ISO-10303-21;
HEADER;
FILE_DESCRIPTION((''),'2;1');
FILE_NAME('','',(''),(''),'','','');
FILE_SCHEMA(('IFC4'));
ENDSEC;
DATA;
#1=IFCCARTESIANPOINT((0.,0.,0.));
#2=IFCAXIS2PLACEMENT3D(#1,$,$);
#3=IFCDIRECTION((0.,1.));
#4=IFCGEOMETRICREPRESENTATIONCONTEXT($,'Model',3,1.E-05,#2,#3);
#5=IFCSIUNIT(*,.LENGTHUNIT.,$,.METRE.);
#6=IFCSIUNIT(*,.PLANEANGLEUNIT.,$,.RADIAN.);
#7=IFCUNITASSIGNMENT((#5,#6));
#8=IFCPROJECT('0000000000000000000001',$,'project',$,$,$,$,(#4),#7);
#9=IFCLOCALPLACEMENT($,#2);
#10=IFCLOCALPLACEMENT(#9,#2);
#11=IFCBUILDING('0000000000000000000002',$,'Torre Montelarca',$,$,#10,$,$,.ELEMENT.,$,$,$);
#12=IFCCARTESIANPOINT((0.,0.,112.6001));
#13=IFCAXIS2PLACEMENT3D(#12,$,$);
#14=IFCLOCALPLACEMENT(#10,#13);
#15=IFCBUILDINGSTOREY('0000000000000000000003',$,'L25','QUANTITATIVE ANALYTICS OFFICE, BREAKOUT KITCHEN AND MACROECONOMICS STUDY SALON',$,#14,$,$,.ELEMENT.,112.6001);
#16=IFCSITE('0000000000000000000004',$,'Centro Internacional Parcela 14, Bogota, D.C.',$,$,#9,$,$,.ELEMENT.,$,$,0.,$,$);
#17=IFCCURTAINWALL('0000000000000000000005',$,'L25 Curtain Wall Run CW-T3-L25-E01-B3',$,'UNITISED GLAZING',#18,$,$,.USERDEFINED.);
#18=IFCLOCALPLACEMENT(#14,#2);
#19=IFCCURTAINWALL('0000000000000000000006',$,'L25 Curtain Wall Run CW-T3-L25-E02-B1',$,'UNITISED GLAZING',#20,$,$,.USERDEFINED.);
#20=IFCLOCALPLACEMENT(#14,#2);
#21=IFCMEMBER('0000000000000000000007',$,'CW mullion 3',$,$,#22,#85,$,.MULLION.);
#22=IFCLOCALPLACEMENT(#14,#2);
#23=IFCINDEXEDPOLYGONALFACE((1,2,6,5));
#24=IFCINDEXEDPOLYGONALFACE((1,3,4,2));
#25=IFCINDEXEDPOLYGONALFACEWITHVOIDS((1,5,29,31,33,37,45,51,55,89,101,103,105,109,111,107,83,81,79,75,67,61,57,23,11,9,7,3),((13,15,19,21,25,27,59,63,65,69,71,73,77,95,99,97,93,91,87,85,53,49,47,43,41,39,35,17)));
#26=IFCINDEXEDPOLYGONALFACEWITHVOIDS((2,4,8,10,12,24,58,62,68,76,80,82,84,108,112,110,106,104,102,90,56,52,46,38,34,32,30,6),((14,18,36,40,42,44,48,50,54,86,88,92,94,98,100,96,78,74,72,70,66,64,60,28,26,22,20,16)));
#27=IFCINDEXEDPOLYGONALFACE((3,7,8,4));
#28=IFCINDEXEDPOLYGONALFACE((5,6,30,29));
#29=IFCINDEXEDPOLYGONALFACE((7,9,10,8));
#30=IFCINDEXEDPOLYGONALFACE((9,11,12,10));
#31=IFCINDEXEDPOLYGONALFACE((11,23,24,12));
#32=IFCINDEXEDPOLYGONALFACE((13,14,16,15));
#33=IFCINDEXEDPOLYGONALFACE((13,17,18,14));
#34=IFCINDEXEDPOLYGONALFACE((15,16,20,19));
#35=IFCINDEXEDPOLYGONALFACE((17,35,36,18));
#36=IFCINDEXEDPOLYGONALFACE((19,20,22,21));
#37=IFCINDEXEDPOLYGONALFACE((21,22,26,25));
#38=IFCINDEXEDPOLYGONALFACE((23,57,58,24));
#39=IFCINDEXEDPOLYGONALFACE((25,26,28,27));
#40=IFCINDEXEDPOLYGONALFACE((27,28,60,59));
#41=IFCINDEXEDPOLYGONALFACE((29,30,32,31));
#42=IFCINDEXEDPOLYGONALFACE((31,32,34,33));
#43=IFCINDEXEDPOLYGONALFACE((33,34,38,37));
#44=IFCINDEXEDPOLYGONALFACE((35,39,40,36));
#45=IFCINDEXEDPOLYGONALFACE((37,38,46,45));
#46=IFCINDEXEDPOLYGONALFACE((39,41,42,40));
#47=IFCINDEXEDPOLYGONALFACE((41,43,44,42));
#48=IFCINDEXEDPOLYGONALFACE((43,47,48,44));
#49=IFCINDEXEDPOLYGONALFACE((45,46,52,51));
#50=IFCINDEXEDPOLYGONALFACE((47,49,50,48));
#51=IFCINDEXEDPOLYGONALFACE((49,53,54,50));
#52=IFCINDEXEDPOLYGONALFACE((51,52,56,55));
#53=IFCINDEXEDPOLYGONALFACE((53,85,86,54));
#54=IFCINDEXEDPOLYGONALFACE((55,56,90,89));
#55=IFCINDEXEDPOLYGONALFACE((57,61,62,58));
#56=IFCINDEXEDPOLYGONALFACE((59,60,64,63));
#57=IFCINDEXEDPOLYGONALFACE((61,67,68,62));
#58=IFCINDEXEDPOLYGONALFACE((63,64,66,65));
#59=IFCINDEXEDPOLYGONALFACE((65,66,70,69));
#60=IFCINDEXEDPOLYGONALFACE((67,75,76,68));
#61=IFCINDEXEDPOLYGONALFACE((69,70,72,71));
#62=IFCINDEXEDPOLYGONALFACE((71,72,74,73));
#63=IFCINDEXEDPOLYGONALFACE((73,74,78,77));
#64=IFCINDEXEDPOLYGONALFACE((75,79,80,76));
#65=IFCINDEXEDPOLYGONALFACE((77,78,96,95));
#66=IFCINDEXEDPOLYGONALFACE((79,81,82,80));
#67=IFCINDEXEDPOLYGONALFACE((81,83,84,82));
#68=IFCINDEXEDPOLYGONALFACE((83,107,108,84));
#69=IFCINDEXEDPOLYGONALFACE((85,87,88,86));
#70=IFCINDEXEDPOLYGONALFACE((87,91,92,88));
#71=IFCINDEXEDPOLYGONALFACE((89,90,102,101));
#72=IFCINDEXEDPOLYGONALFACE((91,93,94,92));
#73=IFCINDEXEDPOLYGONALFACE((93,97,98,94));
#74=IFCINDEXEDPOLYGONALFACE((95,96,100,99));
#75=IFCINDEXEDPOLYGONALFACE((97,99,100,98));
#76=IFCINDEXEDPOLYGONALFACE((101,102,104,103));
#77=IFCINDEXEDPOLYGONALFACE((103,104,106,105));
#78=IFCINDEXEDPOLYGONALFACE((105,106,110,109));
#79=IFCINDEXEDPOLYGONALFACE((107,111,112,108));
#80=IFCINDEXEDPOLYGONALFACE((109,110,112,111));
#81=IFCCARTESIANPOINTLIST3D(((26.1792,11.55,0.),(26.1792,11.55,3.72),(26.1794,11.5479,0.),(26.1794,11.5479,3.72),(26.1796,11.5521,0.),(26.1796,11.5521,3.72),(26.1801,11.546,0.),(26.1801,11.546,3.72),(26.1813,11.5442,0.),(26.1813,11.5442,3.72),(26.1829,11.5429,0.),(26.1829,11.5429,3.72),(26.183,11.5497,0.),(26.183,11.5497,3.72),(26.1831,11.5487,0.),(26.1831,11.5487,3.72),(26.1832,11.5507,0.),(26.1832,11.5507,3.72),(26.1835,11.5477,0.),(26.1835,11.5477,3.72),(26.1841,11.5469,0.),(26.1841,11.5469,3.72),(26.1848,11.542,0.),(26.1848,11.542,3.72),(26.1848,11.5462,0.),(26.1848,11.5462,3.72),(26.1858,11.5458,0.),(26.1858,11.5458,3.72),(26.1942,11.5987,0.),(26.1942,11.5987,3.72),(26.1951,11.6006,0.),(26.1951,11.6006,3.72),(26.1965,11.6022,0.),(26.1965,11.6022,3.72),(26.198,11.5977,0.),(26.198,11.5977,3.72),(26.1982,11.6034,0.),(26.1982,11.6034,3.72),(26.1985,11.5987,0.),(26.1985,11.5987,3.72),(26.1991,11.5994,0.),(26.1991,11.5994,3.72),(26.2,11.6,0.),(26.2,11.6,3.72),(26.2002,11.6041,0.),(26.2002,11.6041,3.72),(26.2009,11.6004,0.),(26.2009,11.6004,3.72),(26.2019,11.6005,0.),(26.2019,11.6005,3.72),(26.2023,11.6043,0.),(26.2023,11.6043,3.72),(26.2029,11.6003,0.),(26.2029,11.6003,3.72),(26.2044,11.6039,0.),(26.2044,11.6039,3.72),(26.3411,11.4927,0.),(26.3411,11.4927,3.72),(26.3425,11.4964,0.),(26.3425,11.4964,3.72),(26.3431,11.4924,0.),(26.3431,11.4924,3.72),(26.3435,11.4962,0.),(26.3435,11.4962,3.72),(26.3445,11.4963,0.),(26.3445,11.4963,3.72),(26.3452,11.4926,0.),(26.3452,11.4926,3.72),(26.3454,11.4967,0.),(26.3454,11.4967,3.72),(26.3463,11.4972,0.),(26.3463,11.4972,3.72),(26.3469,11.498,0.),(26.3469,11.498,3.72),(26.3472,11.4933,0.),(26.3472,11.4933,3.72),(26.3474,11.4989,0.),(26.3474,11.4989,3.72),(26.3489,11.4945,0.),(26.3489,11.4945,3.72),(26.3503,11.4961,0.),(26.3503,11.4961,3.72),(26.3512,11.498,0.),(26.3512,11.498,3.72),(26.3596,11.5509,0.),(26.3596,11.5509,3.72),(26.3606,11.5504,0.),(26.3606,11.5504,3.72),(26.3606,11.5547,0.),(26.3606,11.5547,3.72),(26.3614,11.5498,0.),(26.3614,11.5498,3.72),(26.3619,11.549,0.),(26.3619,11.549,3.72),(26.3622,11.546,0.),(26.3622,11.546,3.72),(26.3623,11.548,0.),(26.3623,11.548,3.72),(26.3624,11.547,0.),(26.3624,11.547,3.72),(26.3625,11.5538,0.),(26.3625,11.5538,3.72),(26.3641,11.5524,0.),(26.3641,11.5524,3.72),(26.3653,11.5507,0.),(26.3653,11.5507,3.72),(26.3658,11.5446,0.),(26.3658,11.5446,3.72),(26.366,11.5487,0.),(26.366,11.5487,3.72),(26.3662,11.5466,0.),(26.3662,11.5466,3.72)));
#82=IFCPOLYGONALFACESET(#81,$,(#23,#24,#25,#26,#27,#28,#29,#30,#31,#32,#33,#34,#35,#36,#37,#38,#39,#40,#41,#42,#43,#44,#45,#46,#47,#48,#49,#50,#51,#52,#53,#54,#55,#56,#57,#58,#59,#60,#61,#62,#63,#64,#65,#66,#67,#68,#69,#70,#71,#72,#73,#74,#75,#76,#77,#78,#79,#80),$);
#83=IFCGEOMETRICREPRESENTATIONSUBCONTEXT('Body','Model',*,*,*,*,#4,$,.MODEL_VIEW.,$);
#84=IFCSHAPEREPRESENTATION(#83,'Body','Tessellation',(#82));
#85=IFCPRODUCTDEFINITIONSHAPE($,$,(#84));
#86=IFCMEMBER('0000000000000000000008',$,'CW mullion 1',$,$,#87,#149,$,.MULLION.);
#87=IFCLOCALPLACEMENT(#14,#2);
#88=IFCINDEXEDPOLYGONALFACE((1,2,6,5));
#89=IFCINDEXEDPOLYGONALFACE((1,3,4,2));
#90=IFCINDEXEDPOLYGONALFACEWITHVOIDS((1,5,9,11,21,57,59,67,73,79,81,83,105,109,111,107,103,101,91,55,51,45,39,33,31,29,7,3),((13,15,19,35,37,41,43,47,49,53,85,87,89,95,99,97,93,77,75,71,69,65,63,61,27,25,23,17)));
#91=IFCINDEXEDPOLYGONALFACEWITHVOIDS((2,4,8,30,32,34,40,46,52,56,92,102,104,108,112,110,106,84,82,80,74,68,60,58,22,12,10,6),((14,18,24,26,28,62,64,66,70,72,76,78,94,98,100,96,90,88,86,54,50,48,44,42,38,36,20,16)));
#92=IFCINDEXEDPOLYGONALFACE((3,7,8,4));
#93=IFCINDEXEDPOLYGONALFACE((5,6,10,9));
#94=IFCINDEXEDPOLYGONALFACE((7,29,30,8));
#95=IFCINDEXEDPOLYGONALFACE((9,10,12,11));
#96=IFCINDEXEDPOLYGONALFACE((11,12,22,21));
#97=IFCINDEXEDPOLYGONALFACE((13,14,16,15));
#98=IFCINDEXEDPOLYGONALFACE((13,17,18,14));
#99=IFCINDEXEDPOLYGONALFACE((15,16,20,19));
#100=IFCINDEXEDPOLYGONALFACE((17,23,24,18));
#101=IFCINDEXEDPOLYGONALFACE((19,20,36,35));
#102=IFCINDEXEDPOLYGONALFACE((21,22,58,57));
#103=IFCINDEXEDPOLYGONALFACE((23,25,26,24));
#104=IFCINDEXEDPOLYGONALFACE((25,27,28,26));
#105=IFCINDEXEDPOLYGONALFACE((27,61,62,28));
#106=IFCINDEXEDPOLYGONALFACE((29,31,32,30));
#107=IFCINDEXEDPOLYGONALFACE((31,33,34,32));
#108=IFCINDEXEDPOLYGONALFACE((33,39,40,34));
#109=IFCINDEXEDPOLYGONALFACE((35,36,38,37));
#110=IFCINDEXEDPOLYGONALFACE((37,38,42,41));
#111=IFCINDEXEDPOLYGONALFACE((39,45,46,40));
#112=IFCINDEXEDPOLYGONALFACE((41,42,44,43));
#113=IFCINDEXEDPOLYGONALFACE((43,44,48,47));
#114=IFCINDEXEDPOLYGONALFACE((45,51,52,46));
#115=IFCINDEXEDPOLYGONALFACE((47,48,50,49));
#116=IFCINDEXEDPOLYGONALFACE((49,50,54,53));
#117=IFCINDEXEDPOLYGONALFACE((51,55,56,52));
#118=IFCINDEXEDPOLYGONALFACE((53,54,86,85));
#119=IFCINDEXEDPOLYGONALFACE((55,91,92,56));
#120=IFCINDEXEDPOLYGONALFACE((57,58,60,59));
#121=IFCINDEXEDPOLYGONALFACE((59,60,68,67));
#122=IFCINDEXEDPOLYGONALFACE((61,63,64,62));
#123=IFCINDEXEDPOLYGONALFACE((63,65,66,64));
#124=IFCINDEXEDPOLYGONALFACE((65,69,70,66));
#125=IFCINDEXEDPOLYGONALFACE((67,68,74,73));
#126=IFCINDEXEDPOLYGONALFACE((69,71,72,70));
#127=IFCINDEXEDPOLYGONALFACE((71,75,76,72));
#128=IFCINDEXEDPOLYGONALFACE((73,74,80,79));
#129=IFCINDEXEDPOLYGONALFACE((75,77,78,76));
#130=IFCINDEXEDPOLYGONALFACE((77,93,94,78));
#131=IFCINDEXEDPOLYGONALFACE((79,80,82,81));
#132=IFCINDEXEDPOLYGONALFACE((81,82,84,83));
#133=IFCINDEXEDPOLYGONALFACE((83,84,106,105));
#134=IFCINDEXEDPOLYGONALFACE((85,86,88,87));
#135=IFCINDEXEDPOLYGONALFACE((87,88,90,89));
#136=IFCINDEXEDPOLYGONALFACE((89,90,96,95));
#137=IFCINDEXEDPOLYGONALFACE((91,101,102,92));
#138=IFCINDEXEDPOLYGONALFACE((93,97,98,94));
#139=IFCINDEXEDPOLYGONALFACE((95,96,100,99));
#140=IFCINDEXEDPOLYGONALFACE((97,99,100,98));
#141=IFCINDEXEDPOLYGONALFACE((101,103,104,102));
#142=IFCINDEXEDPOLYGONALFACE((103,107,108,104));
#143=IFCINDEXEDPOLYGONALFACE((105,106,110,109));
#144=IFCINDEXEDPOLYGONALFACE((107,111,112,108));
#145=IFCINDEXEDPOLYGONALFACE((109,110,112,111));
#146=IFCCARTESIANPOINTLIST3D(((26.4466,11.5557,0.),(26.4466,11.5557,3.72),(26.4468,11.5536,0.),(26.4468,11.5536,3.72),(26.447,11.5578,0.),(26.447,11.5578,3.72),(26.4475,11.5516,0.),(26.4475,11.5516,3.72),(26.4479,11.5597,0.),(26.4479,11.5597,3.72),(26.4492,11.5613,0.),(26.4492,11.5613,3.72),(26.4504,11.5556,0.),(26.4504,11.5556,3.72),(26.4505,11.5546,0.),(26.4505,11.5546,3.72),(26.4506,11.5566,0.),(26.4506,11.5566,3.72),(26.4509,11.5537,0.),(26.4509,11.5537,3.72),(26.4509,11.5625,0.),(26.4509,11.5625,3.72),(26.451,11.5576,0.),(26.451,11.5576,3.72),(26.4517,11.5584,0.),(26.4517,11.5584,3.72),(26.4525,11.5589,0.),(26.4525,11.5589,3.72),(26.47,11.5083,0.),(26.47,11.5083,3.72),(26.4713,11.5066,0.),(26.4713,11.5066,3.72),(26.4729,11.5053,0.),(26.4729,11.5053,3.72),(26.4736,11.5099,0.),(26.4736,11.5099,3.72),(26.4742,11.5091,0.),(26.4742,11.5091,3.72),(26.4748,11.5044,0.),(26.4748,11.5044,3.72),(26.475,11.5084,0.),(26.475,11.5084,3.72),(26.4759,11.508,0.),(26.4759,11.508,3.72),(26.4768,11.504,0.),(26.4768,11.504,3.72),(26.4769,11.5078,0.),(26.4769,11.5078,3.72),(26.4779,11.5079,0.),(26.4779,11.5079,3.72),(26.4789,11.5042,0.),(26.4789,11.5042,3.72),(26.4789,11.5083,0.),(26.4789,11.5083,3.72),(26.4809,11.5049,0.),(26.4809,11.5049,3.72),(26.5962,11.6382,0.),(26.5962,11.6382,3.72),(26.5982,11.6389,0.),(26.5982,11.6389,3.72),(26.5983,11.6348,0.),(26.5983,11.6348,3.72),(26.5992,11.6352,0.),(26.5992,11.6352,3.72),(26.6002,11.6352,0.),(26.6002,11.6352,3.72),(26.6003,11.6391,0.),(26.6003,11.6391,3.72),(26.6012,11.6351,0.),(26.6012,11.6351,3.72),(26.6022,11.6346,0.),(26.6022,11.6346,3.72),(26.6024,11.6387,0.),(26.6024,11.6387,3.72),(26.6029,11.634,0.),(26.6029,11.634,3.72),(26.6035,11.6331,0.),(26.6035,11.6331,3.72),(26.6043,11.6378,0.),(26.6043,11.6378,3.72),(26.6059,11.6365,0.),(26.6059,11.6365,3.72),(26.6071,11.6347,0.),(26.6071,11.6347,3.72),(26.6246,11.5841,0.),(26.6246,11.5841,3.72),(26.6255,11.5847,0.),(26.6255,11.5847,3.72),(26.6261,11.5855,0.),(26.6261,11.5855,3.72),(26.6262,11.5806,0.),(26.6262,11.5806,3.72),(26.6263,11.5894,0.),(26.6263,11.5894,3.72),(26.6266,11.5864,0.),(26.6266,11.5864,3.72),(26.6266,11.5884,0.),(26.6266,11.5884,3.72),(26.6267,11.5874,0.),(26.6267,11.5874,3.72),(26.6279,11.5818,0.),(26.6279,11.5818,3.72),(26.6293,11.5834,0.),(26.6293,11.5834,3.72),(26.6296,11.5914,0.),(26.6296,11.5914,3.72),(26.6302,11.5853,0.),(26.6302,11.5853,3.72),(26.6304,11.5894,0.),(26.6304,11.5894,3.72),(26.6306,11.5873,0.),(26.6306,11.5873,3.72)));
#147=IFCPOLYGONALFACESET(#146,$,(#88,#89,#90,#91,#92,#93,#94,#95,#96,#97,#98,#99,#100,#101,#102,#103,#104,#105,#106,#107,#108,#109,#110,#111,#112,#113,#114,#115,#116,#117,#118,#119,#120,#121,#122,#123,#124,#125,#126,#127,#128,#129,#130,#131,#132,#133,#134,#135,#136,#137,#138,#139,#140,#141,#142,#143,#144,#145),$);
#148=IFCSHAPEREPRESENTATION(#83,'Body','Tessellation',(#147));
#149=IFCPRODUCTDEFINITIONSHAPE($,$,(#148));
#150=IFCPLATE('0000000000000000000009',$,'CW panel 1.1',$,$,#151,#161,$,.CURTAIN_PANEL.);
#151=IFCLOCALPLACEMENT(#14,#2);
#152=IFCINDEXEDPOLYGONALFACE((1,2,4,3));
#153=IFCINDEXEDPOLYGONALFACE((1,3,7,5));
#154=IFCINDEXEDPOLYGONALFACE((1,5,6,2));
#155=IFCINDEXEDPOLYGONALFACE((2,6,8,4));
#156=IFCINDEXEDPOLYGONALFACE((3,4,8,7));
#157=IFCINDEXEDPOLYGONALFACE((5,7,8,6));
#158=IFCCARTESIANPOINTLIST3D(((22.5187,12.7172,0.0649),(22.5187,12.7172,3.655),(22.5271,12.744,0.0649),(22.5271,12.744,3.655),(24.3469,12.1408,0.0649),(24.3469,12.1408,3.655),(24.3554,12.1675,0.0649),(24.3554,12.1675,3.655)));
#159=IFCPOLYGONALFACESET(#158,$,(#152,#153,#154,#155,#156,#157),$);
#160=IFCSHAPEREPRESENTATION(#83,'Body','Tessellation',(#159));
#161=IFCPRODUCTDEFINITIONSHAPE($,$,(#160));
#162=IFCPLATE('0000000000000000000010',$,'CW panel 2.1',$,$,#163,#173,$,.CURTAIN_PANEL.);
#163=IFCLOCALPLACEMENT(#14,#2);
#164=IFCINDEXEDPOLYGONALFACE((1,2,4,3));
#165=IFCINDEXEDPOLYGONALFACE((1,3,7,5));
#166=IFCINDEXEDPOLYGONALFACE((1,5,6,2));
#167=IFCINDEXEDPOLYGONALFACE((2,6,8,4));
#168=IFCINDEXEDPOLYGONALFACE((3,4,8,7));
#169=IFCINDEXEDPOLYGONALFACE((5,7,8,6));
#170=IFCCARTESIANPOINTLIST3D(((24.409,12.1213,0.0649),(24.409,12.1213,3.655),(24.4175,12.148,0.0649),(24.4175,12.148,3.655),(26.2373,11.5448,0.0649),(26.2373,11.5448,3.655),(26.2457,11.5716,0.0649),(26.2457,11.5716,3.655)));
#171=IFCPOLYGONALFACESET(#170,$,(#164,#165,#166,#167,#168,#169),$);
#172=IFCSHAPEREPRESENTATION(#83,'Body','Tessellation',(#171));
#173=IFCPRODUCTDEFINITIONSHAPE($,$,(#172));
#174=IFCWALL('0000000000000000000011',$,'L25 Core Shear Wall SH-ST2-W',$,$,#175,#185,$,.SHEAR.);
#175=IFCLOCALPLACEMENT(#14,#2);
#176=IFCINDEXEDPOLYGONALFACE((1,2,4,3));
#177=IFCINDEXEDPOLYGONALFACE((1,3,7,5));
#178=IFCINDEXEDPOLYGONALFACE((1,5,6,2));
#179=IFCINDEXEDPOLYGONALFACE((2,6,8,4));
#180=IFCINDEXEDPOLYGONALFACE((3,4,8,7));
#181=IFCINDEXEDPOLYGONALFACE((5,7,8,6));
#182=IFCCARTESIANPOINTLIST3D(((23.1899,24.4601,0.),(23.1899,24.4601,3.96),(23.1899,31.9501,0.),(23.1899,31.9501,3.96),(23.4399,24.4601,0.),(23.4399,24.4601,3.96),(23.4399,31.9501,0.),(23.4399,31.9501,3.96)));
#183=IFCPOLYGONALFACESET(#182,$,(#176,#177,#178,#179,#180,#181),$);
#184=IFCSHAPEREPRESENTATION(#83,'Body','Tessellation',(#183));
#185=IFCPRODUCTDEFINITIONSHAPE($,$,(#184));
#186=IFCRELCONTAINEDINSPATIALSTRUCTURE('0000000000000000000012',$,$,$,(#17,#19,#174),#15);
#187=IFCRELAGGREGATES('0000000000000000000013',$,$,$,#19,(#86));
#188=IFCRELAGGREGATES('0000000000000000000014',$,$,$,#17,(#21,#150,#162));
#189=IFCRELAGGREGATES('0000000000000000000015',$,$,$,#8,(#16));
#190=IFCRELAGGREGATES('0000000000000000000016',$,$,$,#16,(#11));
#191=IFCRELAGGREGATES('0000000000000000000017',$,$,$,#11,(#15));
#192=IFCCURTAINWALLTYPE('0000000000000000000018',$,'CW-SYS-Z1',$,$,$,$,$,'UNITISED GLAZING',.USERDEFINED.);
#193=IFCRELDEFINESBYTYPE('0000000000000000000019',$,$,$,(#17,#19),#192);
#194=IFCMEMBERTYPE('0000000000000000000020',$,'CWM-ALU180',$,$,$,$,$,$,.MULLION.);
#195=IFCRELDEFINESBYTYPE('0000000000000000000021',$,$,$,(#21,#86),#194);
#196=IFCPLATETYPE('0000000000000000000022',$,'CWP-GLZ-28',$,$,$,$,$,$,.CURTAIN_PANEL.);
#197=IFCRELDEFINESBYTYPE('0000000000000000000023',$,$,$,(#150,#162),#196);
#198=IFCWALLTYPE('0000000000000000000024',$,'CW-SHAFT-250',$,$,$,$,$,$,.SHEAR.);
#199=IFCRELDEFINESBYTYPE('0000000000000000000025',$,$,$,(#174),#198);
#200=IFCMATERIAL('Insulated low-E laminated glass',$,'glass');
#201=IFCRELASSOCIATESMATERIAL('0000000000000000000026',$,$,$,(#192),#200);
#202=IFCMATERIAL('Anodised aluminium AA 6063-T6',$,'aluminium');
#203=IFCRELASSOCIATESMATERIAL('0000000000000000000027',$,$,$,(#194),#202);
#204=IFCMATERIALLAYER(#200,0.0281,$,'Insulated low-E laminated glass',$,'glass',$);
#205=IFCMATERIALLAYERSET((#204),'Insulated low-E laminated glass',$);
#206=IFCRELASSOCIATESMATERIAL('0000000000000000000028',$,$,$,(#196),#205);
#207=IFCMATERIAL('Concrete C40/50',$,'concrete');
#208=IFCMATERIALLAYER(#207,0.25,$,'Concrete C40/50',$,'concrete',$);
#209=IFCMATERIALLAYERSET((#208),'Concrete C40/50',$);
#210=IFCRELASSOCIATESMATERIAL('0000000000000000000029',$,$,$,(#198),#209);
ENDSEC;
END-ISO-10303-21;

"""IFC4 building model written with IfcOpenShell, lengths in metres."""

from ifc_helpers import new_model, si_unit, direction, frame, frame_2d, origin, origin_2d, place, context, subcontext, project, spatial, rectangle, hollow_rectangle, extrude, source, transform, mapped, material, layer, layer_set, material_profile, profile_set, type_object, element, aggregate, save


model = new_model("IFC4")

# Units and contexts
model_context = context("Model", 3, precision=1e-05, world=origin(), true_north=direction((0.0, 1.0)))
body_context = subcontext(model_context, "Body", "Model", "MODEL_VIEW")
ifc_project = project(units=[si_unit("LENGTHUNIT", "METRE"), si_unit("PLANEANGLEUNIT", "RADIAN")], contexts=[model_context])

# Site, building, storey
site_placement = place(None, origin())
site = spatial("IfcSite", under=ifc_project, at=site_placement, Name="Centro Internacional Parcela 14, Bogota, D.C.", CompositionType="ELEMENT", RefElevation=0.0)
building_placement = place(site_placement, origin())
building = spatial("IfcBuilding", under=site, at=building_placement, Name="Torre Montelarca", CompositionType="ELEMENT")
storey_placement = place(building_placement, frame((0.0, 0.0, 112.6001)))
storey = spatial("IfcBuildingStorey", under=building, at=storey_placement, Name="L25", Description="QUANTITATIVE ANALYTICS OFFICE, BREAKOUT KITCHEN AND MACROECONOMICS STUDY SALON", CompositionType="ELEMENT", Elevation=112.6001)

# Curtain walls
ifc_material_1 = material(Name="Insulated low-E laminated glass", Category="glass")
curtain_wall_type = type_object("IfcCurtainWallType", Name="CW-SYS-Z1", ElementType="UNITISED GLAZING", PredefinedType="USERDEFINED", material=ifc_material_1)
curtain_wall_1_placement = place(storey_placement, origin())
curtain_wall_1 = element("IfcCurtainWall", 1, at=curtain_wall_1_placement, inside=storey, type_object=curtain_wall_type, Name="L25 Curtain Wall Run CW-T3-L25-E01-B3", ObjectType="UNITISED GLAZING", PredefinedType="USERDEFINED")
ifc_material_2 = material(Name="Anodised aluminium AA 6063-T6", Category="aluminium")
curtain_wall_2_placement = place(storey_placement, origin())
curtain_wall_2 = element("IfcCurtainWall", 2, at=curtain_wall_2_placement, inside=storey, type_object=curtain_wall_type, Name="L25 Curtain Wall Run CW-T3-L25-E02-B1", ObjectType="UNITISED GLAZING", PredefinedType="USERDEFINED")

# Members
ifc_material_profile_1 = material_profile(ifc_material_2, hollow_rectangle(XDim=0.0649, YDim=0.1799, WallThickness=0.0039, InnerFilletRadius=0.0039, OuterFilletRadius=0.0081, at=origin_2d()), Name="ALU65X180X4", Category="aluminium")
ifc_profile_set_1 = profile_set([ifc_material_profile_1], Name="Anodised aluminium AA 6063-T6")
member_type_1 = type_object("IfcMemberType", Name="CWM-ALU180", PredefinedType="MULLION", material=ifc_profile_set_1)
shared_shape_1 = source(origin(), body_context, "Body", "SweptSolid", [
    extrude(hollow_rectangle(XDim=0.0649, YDim=0.1799, WallThickness=0.0039, InnerFilletRadius=0.0039, OuterFilletRadius=0.0081, at=origin_2d()), origin(), (0.0, 0.0, 1.0), 3.72),
])
member_1_placement = place(storey_placement, frame((26.2727, 11.5483, 0.0), z_axis=(0.0, 0.0, 1.0), x_axis=(0.300706, 0.953717, 0.0)))
member_1 = element("IfcMember", 3, at=member_1_placement, type_object=member_type_1, Name="CW mullion 3", PredefinedType="MULLION", context=body_context, shape_type="MappedRepresentation", body=[
    mapped(shared_shape_1, transform((0.0, 0.0, 0.0), scale=1.0)),
])
member_2_placement = place(storey_placement, frame((26.5386, 11.5715, 0.0), z_axis=(0.0, 0.0, 1.0), x_axis=(-0.461741, 0.887015, 0.0)))
member_2 = element("IfcMember", 4, at=member_2_placement, type_object=member_type_1, Name="CW mullion 1", PredefinedType="MULLION", context=body_context, shape_type="MappedRepresentation", body=[
    mapped(shared_shape_1, transform((0.0, 0.0, 0.0), scale=1.0)),
])
aggregate(curtain_wall_2, [member_2])

# Plates
ifc_layer_1 = layer(ifc_material_1, 0.0281, Name="Insulated low-E laminated glass", Category="glass")
ifc_layer_set_1 = layer_set([ifc_layer_1], Name="Insulated low-E laminated glass")
plate_type = type_object("IfcPlateType", Name="CWP-GLZ-28", PredefinedType="CURTAIN_PANEL", material=ifc_layer_set_1)
shared_shape_2 = source(origin(), body_context, "Body", "SweptSolid", [
    extrude(rectangle(XDim=1.917, YDim=0.0281, at=origin_2d()), origin(), (0.0, 0.0, 1.0), 3.5901),
])
plate_1_placement = place(storey_placement, frame((23.437, 12.4424, 0.0649), z_axis=(0.0, 0.0, 1.0), x_axis=(0.953717, -0.300706, 0.0)))
plate_1 = element("IfcPlate", 5, at=plate_1_placement, type_object=plate_type, Name="CW panel 1.1", PredefinedType="CURTAIN_PANEL", context=body_context, shape_type="MappedRepresentation", body=[
    mapped(shared_shape_2, transform((0.0, 0.0, 0.0), scale=1.0)),
])
plate_2_placement = place(storey_placement, frame((25.3274, 11.8464, 0.0649), z_axis=(0.0, 0.0, 1.0), x_axis=(0.953717, -0.300706, 0.0)))
plate_2 = element("IfcPlate", 6, at=plate_2_placement, type_object=plate_type, Name="CW panel 2.1", PredefinedType="CURTAIN_PANEL", context=body_context, shape_type="MappedRepresentation", body=[
    mapped(shared_shape_2, transform((0.0, 0.0, 0.0), scale=1.0)),
])
aggregate(curtain_wall_1, [member_1, plate_1, plate_2])

# Wall
ifc_material_3 = material(Name="Concrete C40/50", Category="concrete")
ifc_layer_2 = layer(ifc_material_3, 0.25, Name="Concrete C40/50", Category="concrete")
ifc_layer_set_2 = layer_set([ifc_layer_2], Name="Concrete C40/50")
wall_type_1 = type_object("IfcWallType", Name="CW-SHAFT-250", PredefinedType="SHEAR", material=ifc_layer_set_2)
wall_1_placement = place(storey_placement, frame((23.3149, 24.46, 0.0), z_axis=(0.0, 0.0, 1.0), x_axis=(0.0, 1.0, 0.0)))
element("IfcWall", 7, at=wall_1_placement, inside=storey, type_object=wall_type_1, Name="L25 Core Shear Wall SH-ST2-W", PredefinedType="SHEAR", context=body_context, shape_type="SweptSolid", body=[
    extrude(rectangle(XDim=7.49, YDim=0.25, at=frame_2d((3.7451, 0.0))), origin(), (0.0, 0.0, 1.0), 3.96),
])

save(model, "model.ifc")
